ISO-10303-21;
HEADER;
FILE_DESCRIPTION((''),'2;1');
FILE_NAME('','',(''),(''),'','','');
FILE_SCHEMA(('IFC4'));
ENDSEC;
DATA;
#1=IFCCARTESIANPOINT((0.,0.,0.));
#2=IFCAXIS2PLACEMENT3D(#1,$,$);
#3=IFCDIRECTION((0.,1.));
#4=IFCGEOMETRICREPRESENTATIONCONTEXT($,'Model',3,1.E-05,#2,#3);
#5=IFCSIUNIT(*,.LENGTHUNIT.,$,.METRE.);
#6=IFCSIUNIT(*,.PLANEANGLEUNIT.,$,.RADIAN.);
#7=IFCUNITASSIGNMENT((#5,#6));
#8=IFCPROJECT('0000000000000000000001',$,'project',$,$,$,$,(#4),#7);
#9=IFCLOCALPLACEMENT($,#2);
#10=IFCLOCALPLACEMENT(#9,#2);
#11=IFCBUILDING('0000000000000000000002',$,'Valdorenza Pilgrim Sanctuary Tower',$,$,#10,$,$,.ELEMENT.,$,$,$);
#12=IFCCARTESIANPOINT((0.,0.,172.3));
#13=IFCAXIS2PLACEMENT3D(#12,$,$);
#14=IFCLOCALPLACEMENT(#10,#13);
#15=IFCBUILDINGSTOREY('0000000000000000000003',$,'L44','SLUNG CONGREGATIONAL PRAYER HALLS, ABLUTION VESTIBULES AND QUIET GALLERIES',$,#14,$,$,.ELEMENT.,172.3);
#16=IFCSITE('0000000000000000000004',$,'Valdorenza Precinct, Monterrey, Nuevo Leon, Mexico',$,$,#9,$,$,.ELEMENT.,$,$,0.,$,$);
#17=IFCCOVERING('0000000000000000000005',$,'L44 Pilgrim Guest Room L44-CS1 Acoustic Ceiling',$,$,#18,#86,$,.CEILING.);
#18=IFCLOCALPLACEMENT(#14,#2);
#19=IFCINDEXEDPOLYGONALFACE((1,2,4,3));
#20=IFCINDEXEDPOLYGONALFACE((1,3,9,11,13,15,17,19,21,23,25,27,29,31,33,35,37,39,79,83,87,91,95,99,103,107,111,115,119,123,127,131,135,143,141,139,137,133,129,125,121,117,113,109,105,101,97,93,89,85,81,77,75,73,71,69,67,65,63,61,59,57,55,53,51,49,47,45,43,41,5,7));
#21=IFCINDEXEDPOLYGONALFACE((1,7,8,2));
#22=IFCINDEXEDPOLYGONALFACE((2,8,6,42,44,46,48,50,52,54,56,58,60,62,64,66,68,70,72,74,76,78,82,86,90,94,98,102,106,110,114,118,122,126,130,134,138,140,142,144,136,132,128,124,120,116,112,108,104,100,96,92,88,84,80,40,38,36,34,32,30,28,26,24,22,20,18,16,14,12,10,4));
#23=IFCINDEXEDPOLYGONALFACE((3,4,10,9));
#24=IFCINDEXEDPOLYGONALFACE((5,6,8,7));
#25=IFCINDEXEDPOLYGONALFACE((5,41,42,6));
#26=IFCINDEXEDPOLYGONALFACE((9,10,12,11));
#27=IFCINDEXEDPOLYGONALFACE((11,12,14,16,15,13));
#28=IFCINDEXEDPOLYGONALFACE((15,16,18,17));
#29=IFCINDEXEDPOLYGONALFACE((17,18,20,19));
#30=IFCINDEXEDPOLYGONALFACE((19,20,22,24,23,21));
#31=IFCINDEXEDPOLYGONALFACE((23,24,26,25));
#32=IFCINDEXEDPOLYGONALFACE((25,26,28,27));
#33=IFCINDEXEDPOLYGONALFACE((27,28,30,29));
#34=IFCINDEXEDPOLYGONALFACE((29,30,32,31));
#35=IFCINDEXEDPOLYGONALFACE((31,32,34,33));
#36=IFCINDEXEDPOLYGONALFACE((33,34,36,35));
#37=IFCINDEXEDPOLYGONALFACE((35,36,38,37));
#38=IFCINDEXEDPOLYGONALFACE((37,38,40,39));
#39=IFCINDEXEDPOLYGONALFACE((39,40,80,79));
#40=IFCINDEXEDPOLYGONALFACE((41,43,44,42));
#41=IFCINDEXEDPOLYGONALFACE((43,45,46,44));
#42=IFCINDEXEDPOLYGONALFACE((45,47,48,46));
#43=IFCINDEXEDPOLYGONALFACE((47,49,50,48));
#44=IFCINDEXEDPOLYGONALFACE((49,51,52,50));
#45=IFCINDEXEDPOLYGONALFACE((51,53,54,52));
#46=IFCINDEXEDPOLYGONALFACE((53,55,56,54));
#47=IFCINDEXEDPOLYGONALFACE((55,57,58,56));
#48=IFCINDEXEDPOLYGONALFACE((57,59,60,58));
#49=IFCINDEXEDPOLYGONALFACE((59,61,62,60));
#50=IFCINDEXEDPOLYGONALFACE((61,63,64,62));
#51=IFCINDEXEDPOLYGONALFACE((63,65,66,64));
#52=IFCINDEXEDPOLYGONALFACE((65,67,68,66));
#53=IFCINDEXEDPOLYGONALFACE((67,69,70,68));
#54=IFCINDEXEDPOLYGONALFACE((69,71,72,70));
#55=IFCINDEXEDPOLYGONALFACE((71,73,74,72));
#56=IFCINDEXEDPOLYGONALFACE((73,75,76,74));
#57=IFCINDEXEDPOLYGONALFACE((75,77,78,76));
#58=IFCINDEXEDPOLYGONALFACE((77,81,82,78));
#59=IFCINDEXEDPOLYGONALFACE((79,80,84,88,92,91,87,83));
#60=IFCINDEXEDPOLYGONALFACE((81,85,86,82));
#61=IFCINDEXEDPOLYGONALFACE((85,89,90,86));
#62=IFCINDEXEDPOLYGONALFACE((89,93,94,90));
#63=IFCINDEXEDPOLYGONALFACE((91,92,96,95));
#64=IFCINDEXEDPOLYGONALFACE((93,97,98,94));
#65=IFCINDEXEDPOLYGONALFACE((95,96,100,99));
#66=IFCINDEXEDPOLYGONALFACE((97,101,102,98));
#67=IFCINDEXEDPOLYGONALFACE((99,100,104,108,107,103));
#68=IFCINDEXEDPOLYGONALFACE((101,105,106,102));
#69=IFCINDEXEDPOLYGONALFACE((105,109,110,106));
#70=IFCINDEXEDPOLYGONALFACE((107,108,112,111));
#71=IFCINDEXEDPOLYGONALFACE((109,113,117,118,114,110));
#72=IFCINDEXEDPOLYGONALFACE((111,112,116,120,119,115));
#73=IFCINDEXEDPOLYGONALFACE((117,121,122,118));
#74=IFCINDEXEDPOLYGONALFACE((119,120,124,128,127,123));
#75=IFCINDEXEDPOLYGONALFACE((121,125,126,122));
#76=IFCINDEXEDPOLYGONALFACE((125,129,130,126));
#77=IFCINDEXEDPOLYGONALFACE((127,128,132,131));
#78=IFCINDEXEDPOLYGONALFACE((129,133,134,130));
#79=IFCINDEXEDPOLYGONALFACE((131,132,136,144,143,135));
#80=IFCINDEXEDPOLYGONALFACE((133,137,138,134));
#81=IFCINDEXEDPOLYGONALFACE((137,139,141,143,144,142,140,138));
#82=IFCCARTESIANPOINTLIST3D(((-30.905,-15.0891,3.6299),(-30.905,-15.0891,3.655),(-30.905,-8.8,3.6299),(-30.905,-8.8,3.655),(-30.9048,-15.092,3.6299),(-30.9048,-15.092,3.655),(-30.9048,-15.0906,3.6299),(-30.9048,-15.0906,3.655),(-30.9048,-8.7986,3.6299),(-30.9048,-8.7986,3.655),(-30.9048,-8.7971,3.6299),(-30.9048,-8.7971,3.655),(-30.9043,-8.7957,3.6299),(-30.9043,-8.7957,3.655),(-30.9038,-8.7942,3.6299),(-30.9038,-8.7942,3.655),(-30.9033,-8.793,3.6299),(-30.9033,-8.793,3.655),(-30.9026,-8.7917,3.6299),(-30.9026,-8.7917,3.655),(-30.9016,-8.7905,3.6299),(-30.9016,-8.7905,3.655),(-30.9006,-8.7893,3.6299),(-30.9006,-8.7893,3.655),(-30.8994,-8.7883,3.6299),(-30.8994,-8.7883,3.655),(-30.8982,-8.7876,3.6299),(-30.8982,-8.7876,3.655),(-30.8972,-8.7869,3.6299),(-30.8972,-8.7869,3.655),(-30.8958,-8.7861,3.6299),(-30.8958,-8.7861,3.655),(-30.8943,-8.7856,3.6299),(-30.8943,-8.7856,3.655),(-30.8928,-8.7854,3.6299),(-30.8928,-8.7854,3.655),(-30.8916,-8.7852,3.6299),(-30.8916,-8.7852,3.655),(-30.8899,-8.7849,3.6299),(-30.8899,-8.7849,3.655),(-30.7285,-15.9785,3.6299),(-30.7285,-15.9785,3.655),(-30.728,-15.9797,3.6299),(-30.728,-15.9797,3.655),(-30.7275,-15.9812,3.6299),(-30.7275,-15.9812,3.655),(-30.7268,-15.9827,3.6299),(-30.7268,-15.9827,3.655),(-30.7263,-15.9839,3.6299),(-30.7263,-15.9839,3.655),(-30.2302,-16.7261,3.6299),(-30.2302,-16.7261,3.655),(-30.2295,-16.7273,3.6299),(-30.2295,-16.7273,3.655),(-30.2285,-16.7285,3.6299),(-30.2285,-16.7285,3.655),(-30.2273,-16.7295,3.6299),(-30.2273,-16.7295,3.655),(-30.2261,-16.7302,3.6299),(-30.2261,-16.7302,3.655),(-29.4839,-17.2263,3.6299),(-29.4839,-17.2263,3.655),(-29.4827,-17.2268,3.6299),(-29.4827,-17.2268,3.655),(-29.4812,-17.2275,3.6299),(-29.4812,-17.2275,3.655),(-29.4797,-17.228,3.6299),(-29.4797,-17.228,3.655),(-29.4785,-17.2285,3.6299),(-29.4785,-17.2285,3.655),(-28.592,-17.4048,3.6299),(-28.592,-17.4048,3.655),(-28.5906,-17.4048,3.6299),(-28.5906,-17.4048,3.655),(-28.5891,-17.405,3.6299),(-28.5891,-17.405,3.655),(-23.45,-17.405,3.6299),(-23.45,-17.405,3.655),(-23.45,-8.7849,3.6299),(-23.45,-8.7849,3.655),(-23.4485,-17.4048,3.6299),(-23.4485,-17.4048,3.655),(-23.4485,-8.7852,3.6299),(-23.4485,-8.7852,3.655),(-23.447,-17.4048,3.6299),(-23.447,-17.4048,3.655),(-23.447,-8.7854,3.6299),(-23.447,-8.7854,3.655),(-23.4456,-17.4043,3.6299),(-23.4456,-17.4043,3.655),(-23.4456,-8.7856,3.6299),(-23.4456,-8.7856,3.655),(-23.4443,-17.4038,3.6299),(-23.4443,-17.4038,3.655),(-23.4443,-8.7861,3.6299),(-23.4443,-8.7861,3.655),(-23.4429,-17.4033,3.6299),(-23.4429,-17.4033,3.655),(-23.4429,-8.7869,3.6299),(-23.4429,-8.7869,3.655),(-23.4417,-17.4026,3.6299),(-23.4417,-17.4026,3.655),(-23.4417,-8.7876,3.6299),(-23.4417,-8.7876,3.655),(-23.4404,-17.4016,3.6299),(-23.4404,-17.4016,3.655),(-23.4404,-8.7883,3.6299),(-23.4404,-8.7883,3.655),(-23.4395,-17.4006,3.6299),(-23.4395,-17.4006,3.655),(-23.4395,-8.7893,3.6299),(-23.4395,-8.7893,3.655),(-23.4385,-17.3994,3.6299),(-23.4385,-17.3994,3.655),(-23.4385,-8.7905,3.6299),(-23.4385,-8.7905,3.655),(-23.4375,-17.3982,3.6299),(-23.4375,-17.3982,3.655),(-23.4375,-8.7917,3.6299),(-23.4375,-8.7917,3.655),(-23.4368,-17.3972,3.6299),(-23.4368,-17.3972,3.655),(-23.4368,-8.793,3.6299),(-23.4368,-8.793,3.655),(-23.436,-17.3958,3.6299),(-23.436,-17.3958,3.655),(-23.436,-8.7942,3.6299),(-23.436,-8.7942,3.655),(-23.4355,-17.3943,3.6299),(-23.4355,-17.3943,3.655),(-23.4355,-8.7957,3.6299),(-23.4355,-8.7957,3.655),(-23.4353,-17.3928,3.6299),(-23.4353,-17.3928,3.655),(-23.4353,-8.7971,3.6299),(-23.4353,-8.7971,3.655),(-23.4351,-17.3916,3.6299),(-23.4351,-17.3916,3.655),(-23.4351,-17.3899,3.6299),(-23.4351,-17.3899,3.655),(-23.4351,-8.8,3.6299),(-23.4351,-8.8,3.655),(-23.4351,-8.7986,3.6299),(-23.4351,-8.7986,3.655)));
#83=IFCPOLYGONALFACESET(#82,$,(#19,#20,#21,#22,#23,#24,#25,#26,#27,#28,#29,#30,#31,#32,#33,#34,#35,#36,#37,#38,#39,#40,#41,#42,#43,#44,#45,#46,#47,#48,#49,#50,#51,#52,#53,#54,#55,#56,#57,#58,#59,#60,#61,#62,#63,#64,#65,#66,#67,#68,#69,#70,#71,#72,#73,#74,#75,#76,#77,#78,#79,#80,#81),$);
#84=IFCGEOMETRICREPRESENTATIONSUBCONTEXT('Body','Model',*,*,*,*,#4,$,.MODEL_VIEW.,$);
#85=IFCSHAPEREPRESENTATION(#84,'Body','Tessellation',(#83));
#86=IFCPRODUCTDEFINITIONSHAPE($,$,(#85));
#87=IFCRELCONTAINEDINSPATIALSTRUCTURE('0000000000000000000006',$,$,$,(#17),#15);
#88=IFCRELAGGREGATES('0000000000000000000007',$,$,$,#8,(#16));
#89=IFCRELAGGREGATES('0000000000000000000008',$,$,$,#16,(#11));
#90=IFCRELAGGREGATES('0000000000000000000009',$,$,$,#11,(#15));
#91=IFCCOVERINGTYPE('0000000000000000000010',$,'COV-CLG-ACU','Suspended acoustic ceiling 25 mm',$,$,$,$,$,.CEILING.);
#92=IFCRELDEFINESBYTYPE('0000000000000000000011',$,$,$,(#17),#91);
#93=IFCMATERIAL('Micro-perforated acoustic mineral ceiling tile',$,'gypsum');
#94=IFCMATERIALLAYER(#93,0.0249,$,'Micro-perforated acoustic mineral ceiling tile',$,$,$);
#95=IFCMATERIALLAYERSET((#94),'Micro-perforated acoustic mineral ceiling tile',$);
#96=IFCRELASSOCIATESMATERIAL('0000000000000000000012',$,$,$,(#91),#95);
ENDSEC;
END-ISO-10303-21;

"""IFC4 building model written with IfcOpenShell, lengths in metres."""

from ifc_helpers import new_model, si_unit, direction, frame, origin, place, context, subcontext, project, spatial, polyline, outline, extrude, material, layer, layer_set, type_object, element, save


model = new_model("IFC4")

# Units and contexts
model_context = context("Model", 3, precision=1e-05, world=origin(), true_north=direction((0.0, 1.0)))
body_context = subcontext(model_context, "Body", "Model", "MODEL_VIEW")
ifc_project = project(units=[si_unit("LENGTHUNIT", "METRE"), si_unit("PLANEANGLEUNIT", "RADIAN")], contexts=[model_context])

# Site, building, storey
site_placement = place(None, origin())
site = spatial("IfcSite", under=ifc_project, at=site_placement, Name="Valdorenza Precinct, Monterrey, Nuevo Leon, Mexico", CompositionType="ELEMENT", RefElevation=0.0)
building_placement = place(site_placement, origin())
building = spatial("IfcBuilding", under=site, at=building_placement, Name="Valdorenza Pilgrim Sanctuary Tower", CompositionType="ELEMENT")
storey_placement = place(building_placement, frame((0.0, 0.0, 172.3)))
storey = spatial("IfcBuildingStorey", under=building, at=storey_placement, Name="L44", Description="SLUNG CONGREGATIONAL PRAYER HALLS, ABLUTION VESTIBULES AND QUIET GALLERIES", CompositionType="ELEMENT", Elevation=172.3)

# Covering
ifc_material_1 = material(Name="Micro-perforated acoustic mineral ceiling tile", Category="gypsum")
ifc_layer_1 = layer(ifc_material_1, 0.0249, Name="Micro-perforated acoustic mineral ceiling tile")
ifc_layer_set_1 = layer_set([ifc_layer_1], Name="Micro-perforated acoustic mineral ceiling tile")
covering_type_1 = type_object("IfcCoveringType", Name="COV-CLG-ACU", Description="Suspended acoustic ceiling 25 mm", PredefinedType="CEILING", material=ifc_layer_set_1)
covering_1_placement = place(storey_placement, frame((0.0, 0.0, 3.6299)))
element("IfcCovering", 1, at=covering_1_placement, inside=storey, type_object=covering_type_1, Name="L44 Pilgrim Guest Room L44-CS1 Acoustic Ceiling", PredefinedType="CEILING", context=body_context, shape_type="SweptSolid", body=[
    extrude(outline(polyline([(-23.45, -8.7849), (-23.4485, -8.7852), (-23.447, -8.7854), (-23.4456, -8.7856), (-23.4443, -8.7861), (-23.4429, -8.7869), (-23.4417, -8.7876), (-23.4404, -8.7883), (-23.4395, -8.7893), (-23.4385, -8.7905), (-23.4375, -8.7917), (-23.4368, -8.793), (-23.436, -8.7942), (-23.4355, -8.7957), (-23.4353, -8.7971), (-23.4351, -8.7986), (-23.4351, -8.8), (-23.4351, -17.3899), (-23.4351, -17.3916), (-23.4353, -17.3928), (-23.4355, -17.3943), (-23.436, -17.3958), (-23.4368, -17.3972), (-23.4375, -17.3982), (-23.4385, -17.3994), (-23.4395, -17.4006), (-23.4404, -17.4016), (-23.4417, -17.4026), (-23.4429, -17.4033), (-23.4443, -17.4038), (-23.4456, -17.4043), (-23.447, -17.4048), (-23.4485, -17.4048), (-23.45, -17.405), (-28.5891, -17.405), (-28.5906, -17.4048), (-28.592, -17.4048), (-29.4785, -17.2285), (-29.4797, -17.228), (-29.4812, -17.2275), (-29.4827, -17.2268), (-29.4839, -17.2263), (-30.2261, -16.7302), (-30.2273, -16.7295), (-30.2285, -16.7285), (-30.2295, -16.7273), (-30.2302, -16.7261), (-30.7263, -15.9839), (-30.7268, -15.9827), (-30.7275, -15.9812), (-30.728, -15.9797), (-30.7285, -15.9785), (-30.9048, -15.092), (-30.9048, -15.0906), (-30.905, -15.0891), (-30.905, -8.8), (-30.9048, -8.7986), (-30.9048, -8.7971), (-30.9043, -8.7957), (-30.9038, -8.7942), (-30.9033, -8.793), (-30.9026, -8.7917), (-30.9016, -8.7905), (-30.9006, -8.7893), (-30.8994, -8.7883), (-30.8982, -8.7876), (-30.8972, -8.7869), (-30.8958, -8.7861), (-30.8943, -8.7856), (-30.8928, -8.7854), (-30.8916, -8.7852), (-30.8899, -8.7849), (-23.45, -8.7849)])), origin(), (0.0, 0.0, 1.0), 0.0251),
])

save(model, "model.ifc")
